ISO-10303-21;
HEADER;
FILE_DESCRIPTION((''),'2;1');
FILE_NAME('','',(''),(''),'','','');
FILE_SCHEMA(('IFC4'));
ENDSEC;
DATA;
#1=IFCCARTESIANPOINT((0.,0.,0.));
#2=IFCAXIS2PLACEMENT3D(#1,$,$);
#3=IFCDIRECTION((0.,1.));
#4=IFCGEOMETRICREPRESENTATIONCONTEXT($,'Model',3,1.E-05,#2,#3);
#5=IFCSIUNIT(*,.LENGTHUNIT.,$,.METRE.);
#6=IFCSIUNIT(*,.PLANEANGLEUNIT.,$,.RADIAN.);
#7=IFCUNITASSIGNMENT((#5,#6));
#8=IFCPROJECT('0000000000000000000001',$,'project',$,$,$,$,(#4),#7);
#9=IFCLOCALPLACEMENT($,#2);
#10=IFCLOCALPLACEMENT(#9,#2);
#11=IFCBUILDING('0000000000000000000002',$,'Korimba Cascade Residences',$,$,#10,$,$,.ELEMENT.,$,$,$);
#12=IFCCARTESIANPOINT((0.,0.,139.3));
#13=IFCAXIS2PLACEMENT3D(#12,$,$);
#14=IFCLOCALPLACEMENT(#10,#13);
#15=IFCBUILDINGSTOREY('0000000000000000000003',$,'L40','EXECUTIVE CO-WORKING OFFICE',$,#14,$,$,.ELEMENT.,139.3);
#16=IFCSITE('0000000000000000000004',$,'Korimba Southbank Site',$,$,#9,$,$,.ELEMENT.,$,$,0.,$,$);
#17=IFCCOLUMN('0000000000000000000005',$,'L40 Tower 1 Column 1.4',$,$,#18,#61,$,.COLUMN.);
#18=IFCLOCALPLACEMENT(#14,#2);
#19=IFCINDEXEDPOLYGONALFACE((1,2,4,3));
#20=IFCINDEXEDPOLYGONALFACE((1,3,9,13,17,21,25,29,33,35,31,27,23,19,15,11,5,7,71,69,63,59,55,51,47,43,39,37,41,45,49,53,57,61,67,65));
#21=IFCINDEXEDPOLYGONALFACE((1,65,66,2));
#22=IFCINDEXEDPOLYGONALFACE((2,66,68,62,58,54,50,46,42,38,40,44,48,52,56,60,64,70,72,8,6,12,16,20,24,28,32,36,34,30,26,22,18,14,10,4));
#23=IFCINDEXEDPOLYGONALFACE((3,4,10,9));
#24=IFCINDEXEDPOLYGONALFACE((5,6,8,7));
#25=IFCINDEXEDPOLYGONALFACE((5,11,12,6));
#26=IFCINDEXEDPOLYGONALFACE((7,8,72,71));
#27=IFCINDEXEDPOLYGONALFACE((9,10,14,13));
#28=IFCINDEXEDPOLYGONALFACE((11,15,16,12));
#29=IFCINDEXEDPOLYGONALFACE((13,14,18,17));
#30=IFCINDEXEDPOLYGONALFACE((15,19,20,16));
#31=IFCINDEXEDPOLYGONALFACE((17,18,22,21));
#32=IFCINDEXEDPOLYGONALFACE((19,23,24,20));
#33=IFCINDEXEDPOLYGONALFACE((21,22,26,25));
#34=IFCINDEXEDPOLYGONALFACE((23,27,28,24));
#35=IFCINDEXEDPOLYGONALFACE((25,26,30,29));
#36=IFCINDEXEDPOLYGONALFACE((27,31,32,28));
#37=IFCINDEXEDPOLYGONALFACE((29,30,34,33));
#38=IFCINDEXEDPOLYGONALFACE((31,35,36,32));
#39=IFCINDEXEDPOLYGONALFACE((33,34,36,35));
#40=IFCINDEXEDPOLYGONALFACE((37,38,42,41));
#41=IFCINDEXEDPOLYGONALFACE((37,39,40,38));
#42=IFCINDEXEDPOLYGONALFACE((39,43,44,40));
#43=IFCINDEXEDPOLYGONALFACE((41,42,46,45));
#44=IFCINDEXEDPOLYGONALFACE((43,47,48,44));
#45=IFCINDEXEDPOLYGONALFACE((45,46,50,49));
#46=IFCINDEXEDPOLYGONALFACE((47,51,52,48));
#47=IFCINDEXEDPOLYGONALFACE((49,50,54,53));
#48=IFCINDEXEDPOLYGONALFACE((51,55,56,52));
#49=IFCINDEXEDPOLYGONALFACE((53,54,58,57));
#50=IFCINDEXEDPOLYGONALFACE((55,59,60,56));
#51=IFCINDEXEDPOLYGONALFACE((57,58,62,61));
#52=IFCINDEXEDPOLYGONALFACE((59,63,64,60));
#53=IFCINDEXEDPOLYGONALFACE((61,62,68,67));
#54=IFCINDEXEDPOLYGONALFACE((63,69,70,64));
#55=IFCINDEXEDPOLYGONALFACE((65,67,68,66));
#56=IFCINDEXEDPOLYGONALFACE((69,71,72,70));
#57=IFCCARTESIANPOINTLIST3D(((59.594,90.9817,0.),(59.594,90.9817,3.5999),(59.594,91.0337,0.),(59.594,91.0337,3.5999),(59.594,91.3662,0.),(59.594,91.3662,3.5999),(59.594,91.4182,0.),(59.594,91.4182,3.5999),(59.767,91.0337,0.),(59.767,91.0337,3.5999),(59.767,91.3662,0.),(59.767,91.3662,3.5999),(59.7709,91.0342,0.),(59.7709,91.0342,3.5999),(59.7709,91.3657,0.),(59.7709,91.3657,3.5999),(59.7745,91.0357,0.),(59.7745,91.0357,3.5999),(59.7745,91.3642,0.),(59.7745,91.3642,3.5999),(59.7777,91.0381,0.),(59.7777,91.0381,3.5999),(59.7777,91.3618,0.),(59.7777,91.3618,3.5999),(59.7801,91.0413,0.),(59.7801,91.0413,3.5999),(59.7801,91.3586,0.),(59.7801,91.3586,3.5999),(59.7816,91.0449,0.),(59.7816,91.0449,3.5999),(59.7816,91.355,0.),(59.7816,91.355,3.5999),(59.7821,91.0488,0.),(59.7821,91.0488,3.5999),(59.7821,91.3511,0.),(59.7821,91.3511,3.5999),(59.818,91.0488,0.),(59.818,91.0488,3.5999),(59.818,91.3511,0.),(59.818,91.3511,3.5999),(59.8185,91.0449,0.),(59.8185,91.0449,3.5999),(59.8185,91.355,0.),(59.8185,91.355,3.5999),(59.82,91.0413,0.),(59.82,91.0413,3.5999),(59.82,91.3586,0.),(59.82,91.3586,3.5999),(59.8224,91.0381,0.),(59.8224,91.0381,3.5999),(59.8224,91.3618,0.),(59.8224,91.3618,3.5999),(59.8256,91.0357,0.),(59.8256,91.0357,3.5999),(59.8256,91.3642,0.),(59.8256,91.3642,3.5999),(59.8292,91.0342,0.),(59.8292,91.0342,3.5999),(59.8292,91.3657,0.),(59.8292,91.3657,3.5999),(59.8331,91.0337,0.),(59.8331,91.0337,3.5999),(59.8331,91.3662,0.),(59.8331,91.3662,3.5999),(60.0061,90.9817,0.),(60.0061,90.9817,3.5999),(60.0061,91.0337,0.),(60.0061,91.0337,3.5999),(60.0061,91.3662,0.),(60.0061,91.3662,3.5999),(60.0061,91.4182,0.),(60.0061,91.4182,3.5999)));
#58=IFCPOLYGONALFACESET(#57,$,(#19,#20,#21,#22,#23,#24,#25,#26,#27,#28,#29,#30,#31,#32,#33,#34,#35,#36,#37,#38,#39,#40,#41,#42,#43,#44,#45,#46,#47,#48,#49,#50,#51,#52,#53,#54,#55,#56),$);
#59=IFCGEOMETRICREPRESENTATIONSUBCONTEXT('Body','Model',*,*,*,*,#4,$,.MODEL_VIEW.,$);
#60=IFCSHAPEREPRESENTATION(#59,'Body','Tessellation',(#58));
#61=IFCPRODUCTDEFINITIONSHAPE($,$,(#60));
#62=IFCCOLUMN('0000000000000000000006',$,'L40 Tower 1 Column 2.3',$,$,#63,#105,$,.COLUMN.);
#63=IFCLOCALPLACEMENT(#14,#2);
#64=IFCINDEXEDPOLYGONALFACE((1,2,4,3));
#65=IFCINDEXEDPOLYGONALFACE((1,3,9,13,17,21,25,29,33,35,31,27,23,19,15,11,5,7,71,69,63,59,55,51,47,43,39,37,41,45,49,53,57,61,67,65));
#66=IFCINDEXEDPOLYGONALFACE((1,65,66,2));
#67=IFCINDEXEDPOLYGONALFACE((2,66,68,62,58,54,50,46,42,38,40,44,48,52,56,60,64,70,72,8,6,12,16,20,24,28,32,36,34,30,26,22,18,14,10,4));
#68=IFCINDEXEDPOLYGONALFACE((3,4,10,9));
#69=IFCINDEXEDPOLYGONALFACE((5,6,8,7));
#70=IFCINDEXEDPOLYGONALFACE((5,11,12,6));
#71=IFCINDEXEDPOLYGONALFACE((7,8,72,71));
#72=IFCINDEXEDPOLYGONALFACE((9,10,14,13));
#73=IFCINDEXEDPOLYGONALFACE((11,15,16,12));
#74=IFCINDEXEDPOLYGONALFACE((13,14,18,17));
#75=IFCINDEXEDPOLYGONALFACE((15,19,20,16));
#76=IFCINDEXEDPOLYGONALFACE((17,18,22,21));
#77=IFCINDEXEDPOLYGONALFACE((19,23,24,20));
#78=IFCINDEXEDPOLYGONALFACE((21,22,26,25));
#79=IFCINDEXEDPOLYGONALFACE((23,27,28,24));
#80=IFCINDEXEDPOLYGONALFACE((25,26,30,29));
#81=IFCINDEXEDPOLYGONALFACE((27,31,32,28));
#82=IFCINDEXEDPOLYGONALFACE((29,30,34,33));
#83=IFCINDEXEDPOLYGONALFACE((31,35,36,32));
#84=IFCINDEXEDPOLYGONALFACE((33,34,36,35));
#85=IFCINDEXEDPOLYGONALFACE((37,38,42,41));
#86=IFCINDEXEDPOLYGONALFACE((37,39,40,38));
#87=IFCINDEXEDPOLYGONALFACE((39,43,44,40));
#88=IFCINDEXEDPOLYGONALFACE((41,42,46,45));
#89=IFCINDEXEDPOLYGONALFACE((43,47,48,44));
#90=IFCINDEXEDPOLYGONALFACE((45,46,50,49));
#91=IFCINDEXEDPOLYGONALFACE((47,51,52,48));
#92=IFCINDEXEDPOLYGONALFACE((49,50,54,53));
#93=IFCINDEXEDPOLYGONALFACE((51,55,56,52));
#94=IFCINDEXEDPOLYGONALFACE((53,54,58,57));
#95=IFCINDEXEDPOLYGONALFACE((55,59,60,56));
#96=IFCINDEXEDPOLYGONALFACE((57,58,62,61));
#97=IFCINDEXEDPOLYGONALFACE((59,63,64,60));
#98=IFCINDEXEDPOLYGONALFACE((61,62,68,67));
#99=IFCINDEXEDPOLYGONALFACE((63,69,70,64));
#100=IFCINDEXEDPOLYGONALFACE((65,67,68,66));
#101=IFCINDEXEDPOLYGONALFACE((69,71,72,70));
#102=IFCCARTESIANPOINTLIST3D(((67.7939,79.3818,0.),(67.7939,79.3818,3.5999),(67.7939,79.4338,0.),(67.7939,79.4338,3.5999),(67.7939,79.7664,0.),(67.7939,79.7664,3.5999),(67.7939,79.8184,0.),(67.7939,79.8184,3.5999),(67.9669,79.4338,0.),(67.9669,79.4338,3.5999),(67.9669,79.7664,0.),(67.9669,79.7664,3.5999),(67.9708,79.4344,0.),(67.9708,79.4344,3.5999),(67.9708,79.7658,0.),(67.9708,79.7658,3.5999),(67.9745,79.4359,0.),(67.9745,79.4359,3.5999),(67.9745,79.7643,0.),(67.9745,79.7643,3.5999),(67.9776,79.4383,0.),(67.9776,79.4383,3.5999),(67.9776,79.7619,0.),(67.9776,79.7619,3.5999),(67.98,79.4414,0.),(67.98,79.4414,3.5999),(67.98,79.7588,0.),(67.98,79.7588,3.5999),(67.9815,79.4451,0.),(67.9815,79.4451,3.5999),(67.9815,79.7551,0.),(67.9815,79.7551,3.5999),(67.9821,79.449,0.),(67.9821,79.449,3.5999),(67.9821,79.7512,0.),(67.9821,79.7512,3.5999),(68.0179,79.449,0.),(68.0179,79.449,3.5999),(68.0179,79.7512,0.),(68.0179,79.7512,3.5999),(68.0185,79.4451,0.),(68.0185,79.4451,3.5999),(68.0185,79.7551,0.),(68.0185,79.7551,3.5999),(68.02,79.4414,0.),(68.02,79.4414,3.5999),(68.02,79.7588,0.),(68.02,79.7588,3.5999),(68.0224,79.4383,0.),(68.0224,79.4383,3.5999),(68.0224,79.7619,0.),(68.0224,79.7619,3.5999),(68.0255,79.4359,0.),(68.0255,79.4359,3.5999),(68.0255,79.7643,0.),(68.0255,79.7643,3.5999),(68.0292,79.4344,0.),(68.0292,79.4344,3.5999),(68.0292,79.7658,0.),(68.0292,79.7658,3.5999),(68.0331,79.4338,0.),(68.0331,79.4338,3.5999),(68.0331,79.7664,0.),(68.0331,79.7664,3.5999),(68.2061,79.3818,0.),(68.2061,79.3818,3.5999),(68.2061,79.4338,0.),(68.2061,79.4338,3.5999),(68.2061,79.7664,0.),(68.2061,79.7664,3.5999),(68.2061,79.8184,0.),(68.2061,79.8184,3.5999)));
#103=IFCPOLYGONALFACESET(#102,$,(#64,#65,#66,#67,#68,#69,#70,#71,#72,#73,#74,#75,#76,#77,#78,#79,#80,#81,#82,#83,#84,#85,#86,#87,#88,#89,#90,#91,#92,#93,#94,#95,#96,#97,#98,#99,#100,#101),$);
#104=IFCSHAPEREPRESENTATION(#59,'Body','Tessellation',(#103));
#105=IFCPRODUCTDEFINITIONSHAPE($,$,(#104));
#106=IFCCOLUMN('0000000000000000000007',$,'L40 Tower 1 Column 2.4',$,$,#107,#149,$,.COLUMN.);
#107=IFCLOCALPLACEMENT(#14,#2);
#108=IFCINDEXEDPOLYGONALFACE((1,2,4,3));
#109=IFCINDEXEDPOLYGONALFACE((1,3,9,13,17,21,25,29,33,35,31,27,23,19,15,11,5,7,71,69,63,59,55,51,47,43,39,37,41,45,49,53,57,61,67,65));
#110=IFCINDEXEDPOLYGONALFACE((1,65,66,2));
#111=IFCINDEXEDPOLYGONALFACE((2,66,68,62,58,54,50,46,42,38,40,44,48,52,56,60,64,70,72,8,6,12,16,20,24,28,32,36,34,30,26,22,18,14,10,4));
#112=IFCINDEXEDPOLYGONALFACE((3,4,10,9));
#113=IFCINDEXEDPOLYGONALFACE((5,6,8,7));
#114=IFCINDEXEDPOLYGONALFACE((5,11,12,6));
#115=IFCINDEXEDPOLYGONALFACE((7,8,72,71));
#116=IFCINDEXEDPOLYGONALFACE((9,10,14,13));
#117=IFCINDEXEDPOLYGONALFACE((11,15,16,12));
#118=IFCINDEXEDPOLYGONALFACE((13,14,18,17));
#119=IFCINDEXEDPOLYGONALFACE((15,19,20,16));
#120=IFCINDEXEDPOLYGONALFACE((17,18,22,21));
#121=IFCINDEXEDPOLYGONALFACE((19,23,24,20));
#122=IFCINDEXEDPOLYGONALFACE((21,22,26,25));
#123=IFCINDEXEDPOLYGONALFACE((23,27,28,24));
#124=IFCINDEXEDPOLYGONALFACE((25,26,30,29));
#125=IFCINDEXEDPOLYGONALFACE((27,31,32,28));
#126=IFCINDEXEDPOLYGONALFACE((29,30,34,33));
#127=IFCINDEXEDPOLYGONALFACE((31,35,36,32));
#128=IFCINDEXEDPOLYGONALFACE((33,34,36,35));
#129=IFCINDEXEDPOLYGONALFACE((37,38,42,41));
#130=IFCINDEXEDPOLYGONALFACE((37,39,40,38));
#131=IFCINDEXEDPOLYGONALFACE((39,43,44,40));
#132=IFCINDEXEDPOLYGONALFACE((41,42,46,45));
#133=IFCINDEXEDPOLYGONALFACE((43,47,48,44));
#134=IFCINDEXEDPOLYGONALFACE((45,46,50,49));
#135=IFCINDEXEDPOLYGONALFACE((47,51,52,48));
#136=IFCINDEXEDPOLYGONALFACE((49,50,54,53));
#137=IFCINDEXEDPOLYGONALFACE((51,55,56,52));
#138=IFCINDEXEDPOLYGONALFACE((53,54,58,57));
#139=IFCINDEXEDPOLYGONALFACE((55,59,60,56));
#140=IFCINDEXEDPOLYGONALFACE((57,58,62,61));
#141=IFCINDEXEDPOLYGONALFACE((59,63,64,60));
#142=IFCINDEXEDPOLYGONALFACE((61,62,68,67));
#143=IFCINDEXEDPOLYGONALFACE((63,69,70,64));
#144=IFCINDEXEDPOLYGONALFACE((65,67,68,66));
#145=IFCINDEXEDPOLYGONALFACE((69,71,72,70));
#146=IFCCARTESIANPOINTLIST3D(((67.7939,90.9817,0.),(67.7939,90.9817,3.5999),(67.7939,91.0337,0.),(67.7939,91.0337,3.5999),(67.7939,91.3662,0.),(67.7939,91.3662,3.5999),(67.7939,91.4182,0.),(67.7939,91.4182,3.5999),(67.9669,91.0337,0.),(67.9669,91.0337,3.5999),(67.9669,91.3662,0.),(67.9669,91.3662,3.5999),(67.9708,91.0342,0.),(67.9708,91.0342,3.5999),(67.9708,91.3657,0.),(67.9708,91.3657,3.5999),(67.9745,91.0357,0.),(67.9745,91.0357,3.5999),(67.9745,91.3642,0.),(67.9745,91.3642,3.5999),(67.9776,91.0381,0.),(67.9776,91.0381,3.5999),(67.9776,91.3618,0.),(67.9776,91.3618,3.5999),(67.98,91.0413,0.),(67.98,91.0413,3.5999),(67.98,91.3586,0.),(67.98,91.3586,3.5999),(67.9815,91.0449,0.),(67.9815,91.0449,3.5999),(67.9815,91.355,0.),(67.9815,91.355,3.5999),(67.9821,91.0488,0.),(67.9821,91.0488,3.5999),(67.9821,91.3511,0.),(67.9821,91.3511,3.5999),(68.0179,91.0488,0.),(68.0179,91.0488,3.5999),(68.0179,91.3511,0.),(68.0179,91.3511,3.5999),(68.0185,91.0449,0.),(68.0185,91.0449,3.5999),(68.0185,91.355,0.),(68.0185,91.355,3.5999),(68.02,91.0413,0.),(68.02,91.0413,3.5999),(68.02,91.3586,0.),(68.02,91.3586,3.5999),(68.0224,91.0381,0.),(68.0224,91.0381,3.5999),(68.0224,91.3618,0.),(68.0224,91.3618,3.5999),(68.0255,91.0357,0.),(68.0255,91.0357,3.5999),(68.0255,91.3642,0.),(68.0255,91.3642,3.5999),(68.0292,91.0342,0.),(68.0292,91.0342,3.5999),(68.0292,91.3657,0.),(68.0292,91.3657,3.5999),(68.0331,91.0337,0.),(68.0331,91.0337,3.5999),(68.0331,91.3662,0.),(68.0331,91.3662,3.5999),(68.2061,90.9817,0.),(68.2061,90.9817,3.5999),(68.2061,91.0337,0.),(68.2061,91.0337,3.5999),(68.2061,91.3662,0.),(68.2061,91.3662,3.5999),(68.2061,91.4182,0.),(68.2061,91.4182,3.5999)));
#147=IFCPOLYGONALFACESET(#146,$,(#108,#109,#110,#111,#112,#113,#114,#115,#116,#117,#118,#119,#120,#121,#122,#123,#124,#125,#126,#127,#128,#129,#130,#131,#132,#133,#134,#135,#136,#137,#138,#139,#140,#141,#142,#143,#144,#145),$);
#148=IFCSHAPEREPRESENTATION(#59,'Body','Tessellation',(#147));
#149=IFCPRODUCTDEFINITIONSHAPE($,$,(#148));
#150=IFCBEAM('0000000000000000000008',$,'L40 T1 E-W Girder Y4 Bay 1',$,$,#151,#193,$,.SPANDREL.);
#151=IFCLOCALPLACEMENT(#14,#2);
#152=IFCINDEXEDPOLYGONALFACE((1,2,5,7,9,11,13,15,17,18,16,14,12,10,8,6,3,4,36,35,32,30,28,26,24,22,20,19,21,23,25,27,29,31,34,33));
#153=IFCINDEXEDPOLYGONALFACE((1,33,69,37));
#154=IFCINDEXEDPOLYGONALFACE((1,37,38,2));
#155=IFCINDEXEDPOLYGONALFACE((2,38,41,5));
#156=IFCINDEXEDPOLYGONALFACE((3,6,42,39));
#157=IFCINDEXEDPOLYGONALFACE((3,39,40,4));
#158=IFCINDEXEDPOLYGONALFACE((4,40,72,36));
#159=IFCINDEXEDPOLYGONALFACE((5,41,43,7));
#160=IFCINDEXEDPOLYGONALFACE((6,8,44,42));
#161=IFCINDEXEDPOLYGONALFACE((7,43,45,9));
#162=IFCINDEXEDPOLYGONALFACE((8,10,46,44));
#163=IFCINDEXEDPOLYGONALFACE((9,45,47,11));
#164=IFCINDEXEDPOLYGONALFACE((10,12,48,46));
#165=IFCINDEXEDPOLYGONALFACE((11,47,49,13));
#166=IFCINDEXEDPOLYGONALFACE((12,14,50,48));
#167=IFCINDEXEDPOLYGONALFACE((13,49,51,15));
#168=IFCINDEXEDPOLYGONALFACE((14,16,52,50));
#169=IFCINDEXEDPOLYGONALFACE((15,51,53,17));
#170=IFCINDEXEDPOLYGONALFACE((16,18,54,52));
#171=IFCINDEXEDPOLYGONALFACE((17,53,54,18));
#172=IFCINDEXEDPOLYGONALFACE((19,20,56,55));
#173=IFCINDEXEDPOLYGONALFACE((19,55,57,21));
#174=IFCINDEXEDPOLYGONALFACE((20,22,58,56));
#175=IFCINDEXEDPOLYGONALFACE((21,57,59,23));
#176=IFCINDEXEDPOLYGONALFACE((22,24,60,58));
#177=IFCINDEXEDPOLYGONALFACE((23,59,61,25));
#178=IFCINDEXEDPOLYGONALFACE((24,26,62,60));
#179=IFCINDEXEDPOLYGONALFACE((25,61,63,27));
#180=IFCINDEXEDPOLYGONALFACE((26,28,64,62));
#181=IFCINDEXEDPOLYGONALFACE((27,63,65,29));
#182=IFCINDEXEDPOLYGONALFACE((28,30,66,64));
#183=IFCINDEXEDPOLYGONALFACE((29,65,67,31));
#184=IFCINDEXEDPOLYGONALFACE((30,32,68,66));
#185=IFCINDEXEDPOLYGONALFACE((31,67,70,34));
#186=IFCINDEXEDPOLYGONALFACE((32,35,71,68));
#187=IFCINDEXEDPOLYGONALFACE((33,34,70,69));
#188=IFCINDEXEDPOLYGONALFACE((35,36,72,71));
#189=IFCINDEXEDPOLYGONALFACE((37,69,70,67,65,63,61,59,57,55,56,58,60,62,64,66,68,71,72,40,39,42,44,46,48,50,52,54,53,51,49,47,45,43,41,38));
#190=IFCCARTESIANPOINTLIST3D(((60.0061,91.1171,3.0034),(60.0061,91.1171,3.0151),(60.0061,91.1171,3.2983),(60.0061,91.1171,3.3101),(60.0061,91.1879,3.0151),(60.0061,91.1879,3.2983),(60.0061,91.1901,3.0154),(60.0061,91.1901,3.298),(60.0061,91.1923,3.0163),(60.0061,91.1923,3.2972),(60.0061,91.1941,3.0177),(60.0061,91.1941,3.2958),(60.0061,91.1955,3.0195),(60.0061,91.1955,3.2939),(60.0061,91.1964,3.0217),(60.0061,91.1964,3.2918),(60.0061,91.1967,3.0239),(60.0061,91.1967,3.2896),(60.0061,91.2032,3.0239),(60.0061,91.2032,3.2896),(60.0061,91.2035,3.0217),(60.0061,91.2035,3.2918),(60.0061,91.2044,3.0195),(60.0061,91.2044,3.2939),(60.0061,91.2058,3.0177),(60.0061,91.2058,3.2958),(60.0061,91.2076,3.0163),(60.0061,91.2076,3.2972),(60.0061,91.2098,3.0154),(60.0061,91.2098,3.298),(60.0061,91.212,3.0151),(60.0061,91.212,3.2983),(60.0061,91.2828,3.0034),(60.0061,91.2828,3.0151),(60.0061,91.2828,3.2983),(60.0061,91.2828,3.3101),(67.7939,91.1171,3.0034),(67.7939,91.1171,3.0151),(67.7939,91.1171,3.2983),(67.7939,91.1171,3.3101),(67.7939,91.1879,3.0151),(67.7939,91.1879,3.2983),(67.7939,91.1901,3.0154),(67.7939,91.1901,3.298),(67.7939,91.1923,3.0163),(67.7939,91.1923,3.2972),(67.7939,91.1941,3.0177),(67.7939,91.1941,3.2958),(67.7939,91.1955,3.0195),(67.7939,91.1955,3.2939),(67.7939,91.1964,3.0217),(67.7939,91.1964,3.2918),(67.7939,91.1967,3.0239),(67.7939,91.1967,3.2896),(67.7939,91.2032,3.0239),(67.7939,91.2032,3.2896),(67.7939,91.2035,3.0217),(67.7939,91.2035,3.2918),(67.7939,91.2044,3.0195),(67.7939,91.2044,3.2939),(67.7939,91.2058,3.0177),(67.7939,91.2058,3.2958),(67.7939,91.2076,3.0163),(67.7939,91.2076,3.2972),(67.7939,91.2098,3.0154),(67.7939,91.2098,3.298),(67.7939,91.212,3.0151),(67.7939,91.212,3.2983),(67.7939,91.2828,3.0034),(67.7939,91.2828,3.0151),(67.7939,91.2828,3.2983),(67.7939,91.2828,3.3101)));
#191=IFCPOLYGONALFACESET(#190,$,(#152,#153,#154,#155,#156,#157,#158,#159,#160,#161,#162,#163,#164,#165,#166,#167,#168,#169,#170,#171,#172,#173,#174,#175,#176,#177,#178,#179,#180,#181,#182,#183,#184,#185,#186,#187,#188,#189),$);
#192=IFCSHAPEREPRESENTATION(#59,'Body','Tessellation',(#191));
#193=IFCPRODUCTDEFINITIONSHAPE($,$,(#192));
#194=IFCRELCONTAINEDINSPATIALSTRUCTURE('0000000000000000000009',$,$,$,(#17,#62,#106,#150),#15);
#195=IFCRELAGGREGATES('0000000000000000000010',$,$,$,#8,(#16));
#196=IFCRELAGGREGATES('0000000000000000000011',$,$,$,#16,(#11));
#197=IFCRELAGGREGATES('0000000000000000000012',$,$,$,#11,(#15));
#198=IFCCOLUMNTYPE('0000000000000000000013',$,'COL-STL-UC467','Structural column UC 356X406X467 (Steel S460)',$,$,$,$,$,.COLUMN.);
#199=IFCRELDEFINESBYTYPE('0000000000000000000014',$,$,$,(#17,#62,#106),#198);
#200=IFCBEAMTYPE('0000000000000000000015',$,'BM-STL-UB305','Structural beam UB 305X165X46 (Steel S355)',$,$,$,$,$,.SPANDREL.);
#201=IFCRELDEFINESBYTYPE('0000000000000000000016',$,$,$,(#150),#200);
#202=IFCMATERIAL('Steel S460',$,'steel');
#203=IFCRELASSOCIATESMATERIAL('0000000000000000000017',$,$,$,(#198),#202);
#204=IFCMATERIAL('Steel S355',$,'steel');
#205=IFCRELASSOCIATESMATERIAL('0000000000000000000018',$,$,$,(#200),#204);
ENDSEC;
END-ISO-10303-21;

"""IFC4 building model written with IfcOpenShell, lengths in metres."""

from ifc_helpers import new_model, si_unit, direction, frame, origin, origin_2d, place, context, subcontext, project, spatial, i_section, extrude, material, material_profile, profile_set, type_object, element, save


model = new_model("IFC4")

# Units and contexts
model_context = context("Model", 3, precision=1e-05, world=origin(), true_north=direction((0.0, 1.0)))
body_context = subcontext(model_context, "Body", "Model", "MODEL_VIEW")
ifc_project = project(units=[si_unit("LENGTHUNIT", "METRE"), si_unit("PLANEANGLEUNIT", "RADIAN")], contexts=[model_context])

# Site, building, storey
site_placement = place(None, origin())
site = spatial("IfcSite", under=ifc_project, at=site_placement, Name="Korimba Southbank Site", CompositionType="ELEMENT", RefElevation=0.0)
building_placement = place(site_placement, origin())
building = spatial("IfcBuilding", under=site, at=building_placement, Name="Korimba Cascade Residences", CompositionType="ELEMENT")
storey_placement = place(building_placement, frame((0.0, 0.0, 139.3)))
storey = spatial("IfcBuildingStorey", under=building, at=storey_placement, Name="L40", Description="EXECUTIVE CO-WORKING OFFICE", CompositionType="ELEMENT", Elevation=139.3)

# Columns
ifc_material_1 = material(Name="Steel S460", Category="steel")
ifc_material_profile_1 = material_profile(ifc_material_1, i_section(OverallWidth=0.4121, OverallDepth=0.4365, WebThickness=0.0359, FlangeThickness=0.052, FilletRadius=0.0151, at=origin_2d()), Name="Steel S460")
ifc_profile_set_1 = profile_set([ifc_material_profile_1], Name="Steel S460")
column_type = type_object("IfcColumnType", Name="COL-STL-UC467", Description="Structural column UC 356X406X467 (Steel S460)", PredefinedType="COLUMN", material=ifc_profile_set_1)
for number, where, z_axis, x_axis, name in (
    (1, (59.8, 91.2, 0.0), (0.0, 0.0, 1.0), (1.0, 0.0, 0.0), "L40 Tower 1 Column 1.4"),
    (2, (68.0, 79.6001, 0.0), (0.0, 0.0, 1.0), (1.0, 0.0, 0.0), "L40 Tower 1 Column 2.3"),
    (3, (68.0, 91.2, 0.0), (0.0, 0.0, 1.0), (1.0, 0.0, 0.0), "L40 Tower 1 Column 2.4"),
):
    element("IfcColumn", number, at=place(storey_placement, frame(where, z_axis=z_axis, x_axis=x_axis)), inside=storey, type_object=column_type, Name=name, PredefinedType="COLUMN", context=body_context, shape_type="SweptSolid", body=[
        extrude(i_section(OverallWidth=0.4121, OverallDepth=0.4365, WebThickness=0.0359, FlangeThickness=0.052, FilletRadius=0.0151, at=origin_2d()), origin(), (0.0, 0.0, 1.0), 3.5999),
    ])

# Beam
ifc_material_2 = material(Name="Steel S355", Category="steel")
ifc_material_profile_2 = material_profile(ifc_material_2, i_section(OverallWidth=0.1658, OverallDepth=0.3066, WebThickness=0.0066, FlangeThickness=0.0117, FilletRadius=0.0088, at=origin_2d()), Name="Steel S355")
ifc_profile_set_2 = profile_set([ifc_material_profile_2], Name="Steel S355")
beam_type_1 = type_object("IfcBeamType", Name="BM-STL-UB305", Description="Structural beam UB 305X165X46 (Steel S355)", PredefinedType="SPANDREL", material=ifc_profile_set_2)
beam_1_placement = place(storey_placement, frame((60.0061, 91.2, 3.1567), z_axis=(1.0, 0.0, 0.0), x_axis=(0.0, 1.0, 0.0)))
element("IfcBeam", 4, at=beam_1_placement, inside=storey, type_object=beam_type_1, Name="L40 T1 E-W Girder Y4 Bay 1", PredefinedType="SPANDREL", context=body_context, shape_type="SweptSolid", body=[
    extrude(i_section(OverallWidth=0.1658, OverallDepth=0.3066, WebThickness=0.0066, FlangeThickness=0.0117, FilletRadius=0.0088, at=origin_2d()), origin(), (0.0, 0.0, 1.0), 7.7878),
])

save(model, "model.ifc")
